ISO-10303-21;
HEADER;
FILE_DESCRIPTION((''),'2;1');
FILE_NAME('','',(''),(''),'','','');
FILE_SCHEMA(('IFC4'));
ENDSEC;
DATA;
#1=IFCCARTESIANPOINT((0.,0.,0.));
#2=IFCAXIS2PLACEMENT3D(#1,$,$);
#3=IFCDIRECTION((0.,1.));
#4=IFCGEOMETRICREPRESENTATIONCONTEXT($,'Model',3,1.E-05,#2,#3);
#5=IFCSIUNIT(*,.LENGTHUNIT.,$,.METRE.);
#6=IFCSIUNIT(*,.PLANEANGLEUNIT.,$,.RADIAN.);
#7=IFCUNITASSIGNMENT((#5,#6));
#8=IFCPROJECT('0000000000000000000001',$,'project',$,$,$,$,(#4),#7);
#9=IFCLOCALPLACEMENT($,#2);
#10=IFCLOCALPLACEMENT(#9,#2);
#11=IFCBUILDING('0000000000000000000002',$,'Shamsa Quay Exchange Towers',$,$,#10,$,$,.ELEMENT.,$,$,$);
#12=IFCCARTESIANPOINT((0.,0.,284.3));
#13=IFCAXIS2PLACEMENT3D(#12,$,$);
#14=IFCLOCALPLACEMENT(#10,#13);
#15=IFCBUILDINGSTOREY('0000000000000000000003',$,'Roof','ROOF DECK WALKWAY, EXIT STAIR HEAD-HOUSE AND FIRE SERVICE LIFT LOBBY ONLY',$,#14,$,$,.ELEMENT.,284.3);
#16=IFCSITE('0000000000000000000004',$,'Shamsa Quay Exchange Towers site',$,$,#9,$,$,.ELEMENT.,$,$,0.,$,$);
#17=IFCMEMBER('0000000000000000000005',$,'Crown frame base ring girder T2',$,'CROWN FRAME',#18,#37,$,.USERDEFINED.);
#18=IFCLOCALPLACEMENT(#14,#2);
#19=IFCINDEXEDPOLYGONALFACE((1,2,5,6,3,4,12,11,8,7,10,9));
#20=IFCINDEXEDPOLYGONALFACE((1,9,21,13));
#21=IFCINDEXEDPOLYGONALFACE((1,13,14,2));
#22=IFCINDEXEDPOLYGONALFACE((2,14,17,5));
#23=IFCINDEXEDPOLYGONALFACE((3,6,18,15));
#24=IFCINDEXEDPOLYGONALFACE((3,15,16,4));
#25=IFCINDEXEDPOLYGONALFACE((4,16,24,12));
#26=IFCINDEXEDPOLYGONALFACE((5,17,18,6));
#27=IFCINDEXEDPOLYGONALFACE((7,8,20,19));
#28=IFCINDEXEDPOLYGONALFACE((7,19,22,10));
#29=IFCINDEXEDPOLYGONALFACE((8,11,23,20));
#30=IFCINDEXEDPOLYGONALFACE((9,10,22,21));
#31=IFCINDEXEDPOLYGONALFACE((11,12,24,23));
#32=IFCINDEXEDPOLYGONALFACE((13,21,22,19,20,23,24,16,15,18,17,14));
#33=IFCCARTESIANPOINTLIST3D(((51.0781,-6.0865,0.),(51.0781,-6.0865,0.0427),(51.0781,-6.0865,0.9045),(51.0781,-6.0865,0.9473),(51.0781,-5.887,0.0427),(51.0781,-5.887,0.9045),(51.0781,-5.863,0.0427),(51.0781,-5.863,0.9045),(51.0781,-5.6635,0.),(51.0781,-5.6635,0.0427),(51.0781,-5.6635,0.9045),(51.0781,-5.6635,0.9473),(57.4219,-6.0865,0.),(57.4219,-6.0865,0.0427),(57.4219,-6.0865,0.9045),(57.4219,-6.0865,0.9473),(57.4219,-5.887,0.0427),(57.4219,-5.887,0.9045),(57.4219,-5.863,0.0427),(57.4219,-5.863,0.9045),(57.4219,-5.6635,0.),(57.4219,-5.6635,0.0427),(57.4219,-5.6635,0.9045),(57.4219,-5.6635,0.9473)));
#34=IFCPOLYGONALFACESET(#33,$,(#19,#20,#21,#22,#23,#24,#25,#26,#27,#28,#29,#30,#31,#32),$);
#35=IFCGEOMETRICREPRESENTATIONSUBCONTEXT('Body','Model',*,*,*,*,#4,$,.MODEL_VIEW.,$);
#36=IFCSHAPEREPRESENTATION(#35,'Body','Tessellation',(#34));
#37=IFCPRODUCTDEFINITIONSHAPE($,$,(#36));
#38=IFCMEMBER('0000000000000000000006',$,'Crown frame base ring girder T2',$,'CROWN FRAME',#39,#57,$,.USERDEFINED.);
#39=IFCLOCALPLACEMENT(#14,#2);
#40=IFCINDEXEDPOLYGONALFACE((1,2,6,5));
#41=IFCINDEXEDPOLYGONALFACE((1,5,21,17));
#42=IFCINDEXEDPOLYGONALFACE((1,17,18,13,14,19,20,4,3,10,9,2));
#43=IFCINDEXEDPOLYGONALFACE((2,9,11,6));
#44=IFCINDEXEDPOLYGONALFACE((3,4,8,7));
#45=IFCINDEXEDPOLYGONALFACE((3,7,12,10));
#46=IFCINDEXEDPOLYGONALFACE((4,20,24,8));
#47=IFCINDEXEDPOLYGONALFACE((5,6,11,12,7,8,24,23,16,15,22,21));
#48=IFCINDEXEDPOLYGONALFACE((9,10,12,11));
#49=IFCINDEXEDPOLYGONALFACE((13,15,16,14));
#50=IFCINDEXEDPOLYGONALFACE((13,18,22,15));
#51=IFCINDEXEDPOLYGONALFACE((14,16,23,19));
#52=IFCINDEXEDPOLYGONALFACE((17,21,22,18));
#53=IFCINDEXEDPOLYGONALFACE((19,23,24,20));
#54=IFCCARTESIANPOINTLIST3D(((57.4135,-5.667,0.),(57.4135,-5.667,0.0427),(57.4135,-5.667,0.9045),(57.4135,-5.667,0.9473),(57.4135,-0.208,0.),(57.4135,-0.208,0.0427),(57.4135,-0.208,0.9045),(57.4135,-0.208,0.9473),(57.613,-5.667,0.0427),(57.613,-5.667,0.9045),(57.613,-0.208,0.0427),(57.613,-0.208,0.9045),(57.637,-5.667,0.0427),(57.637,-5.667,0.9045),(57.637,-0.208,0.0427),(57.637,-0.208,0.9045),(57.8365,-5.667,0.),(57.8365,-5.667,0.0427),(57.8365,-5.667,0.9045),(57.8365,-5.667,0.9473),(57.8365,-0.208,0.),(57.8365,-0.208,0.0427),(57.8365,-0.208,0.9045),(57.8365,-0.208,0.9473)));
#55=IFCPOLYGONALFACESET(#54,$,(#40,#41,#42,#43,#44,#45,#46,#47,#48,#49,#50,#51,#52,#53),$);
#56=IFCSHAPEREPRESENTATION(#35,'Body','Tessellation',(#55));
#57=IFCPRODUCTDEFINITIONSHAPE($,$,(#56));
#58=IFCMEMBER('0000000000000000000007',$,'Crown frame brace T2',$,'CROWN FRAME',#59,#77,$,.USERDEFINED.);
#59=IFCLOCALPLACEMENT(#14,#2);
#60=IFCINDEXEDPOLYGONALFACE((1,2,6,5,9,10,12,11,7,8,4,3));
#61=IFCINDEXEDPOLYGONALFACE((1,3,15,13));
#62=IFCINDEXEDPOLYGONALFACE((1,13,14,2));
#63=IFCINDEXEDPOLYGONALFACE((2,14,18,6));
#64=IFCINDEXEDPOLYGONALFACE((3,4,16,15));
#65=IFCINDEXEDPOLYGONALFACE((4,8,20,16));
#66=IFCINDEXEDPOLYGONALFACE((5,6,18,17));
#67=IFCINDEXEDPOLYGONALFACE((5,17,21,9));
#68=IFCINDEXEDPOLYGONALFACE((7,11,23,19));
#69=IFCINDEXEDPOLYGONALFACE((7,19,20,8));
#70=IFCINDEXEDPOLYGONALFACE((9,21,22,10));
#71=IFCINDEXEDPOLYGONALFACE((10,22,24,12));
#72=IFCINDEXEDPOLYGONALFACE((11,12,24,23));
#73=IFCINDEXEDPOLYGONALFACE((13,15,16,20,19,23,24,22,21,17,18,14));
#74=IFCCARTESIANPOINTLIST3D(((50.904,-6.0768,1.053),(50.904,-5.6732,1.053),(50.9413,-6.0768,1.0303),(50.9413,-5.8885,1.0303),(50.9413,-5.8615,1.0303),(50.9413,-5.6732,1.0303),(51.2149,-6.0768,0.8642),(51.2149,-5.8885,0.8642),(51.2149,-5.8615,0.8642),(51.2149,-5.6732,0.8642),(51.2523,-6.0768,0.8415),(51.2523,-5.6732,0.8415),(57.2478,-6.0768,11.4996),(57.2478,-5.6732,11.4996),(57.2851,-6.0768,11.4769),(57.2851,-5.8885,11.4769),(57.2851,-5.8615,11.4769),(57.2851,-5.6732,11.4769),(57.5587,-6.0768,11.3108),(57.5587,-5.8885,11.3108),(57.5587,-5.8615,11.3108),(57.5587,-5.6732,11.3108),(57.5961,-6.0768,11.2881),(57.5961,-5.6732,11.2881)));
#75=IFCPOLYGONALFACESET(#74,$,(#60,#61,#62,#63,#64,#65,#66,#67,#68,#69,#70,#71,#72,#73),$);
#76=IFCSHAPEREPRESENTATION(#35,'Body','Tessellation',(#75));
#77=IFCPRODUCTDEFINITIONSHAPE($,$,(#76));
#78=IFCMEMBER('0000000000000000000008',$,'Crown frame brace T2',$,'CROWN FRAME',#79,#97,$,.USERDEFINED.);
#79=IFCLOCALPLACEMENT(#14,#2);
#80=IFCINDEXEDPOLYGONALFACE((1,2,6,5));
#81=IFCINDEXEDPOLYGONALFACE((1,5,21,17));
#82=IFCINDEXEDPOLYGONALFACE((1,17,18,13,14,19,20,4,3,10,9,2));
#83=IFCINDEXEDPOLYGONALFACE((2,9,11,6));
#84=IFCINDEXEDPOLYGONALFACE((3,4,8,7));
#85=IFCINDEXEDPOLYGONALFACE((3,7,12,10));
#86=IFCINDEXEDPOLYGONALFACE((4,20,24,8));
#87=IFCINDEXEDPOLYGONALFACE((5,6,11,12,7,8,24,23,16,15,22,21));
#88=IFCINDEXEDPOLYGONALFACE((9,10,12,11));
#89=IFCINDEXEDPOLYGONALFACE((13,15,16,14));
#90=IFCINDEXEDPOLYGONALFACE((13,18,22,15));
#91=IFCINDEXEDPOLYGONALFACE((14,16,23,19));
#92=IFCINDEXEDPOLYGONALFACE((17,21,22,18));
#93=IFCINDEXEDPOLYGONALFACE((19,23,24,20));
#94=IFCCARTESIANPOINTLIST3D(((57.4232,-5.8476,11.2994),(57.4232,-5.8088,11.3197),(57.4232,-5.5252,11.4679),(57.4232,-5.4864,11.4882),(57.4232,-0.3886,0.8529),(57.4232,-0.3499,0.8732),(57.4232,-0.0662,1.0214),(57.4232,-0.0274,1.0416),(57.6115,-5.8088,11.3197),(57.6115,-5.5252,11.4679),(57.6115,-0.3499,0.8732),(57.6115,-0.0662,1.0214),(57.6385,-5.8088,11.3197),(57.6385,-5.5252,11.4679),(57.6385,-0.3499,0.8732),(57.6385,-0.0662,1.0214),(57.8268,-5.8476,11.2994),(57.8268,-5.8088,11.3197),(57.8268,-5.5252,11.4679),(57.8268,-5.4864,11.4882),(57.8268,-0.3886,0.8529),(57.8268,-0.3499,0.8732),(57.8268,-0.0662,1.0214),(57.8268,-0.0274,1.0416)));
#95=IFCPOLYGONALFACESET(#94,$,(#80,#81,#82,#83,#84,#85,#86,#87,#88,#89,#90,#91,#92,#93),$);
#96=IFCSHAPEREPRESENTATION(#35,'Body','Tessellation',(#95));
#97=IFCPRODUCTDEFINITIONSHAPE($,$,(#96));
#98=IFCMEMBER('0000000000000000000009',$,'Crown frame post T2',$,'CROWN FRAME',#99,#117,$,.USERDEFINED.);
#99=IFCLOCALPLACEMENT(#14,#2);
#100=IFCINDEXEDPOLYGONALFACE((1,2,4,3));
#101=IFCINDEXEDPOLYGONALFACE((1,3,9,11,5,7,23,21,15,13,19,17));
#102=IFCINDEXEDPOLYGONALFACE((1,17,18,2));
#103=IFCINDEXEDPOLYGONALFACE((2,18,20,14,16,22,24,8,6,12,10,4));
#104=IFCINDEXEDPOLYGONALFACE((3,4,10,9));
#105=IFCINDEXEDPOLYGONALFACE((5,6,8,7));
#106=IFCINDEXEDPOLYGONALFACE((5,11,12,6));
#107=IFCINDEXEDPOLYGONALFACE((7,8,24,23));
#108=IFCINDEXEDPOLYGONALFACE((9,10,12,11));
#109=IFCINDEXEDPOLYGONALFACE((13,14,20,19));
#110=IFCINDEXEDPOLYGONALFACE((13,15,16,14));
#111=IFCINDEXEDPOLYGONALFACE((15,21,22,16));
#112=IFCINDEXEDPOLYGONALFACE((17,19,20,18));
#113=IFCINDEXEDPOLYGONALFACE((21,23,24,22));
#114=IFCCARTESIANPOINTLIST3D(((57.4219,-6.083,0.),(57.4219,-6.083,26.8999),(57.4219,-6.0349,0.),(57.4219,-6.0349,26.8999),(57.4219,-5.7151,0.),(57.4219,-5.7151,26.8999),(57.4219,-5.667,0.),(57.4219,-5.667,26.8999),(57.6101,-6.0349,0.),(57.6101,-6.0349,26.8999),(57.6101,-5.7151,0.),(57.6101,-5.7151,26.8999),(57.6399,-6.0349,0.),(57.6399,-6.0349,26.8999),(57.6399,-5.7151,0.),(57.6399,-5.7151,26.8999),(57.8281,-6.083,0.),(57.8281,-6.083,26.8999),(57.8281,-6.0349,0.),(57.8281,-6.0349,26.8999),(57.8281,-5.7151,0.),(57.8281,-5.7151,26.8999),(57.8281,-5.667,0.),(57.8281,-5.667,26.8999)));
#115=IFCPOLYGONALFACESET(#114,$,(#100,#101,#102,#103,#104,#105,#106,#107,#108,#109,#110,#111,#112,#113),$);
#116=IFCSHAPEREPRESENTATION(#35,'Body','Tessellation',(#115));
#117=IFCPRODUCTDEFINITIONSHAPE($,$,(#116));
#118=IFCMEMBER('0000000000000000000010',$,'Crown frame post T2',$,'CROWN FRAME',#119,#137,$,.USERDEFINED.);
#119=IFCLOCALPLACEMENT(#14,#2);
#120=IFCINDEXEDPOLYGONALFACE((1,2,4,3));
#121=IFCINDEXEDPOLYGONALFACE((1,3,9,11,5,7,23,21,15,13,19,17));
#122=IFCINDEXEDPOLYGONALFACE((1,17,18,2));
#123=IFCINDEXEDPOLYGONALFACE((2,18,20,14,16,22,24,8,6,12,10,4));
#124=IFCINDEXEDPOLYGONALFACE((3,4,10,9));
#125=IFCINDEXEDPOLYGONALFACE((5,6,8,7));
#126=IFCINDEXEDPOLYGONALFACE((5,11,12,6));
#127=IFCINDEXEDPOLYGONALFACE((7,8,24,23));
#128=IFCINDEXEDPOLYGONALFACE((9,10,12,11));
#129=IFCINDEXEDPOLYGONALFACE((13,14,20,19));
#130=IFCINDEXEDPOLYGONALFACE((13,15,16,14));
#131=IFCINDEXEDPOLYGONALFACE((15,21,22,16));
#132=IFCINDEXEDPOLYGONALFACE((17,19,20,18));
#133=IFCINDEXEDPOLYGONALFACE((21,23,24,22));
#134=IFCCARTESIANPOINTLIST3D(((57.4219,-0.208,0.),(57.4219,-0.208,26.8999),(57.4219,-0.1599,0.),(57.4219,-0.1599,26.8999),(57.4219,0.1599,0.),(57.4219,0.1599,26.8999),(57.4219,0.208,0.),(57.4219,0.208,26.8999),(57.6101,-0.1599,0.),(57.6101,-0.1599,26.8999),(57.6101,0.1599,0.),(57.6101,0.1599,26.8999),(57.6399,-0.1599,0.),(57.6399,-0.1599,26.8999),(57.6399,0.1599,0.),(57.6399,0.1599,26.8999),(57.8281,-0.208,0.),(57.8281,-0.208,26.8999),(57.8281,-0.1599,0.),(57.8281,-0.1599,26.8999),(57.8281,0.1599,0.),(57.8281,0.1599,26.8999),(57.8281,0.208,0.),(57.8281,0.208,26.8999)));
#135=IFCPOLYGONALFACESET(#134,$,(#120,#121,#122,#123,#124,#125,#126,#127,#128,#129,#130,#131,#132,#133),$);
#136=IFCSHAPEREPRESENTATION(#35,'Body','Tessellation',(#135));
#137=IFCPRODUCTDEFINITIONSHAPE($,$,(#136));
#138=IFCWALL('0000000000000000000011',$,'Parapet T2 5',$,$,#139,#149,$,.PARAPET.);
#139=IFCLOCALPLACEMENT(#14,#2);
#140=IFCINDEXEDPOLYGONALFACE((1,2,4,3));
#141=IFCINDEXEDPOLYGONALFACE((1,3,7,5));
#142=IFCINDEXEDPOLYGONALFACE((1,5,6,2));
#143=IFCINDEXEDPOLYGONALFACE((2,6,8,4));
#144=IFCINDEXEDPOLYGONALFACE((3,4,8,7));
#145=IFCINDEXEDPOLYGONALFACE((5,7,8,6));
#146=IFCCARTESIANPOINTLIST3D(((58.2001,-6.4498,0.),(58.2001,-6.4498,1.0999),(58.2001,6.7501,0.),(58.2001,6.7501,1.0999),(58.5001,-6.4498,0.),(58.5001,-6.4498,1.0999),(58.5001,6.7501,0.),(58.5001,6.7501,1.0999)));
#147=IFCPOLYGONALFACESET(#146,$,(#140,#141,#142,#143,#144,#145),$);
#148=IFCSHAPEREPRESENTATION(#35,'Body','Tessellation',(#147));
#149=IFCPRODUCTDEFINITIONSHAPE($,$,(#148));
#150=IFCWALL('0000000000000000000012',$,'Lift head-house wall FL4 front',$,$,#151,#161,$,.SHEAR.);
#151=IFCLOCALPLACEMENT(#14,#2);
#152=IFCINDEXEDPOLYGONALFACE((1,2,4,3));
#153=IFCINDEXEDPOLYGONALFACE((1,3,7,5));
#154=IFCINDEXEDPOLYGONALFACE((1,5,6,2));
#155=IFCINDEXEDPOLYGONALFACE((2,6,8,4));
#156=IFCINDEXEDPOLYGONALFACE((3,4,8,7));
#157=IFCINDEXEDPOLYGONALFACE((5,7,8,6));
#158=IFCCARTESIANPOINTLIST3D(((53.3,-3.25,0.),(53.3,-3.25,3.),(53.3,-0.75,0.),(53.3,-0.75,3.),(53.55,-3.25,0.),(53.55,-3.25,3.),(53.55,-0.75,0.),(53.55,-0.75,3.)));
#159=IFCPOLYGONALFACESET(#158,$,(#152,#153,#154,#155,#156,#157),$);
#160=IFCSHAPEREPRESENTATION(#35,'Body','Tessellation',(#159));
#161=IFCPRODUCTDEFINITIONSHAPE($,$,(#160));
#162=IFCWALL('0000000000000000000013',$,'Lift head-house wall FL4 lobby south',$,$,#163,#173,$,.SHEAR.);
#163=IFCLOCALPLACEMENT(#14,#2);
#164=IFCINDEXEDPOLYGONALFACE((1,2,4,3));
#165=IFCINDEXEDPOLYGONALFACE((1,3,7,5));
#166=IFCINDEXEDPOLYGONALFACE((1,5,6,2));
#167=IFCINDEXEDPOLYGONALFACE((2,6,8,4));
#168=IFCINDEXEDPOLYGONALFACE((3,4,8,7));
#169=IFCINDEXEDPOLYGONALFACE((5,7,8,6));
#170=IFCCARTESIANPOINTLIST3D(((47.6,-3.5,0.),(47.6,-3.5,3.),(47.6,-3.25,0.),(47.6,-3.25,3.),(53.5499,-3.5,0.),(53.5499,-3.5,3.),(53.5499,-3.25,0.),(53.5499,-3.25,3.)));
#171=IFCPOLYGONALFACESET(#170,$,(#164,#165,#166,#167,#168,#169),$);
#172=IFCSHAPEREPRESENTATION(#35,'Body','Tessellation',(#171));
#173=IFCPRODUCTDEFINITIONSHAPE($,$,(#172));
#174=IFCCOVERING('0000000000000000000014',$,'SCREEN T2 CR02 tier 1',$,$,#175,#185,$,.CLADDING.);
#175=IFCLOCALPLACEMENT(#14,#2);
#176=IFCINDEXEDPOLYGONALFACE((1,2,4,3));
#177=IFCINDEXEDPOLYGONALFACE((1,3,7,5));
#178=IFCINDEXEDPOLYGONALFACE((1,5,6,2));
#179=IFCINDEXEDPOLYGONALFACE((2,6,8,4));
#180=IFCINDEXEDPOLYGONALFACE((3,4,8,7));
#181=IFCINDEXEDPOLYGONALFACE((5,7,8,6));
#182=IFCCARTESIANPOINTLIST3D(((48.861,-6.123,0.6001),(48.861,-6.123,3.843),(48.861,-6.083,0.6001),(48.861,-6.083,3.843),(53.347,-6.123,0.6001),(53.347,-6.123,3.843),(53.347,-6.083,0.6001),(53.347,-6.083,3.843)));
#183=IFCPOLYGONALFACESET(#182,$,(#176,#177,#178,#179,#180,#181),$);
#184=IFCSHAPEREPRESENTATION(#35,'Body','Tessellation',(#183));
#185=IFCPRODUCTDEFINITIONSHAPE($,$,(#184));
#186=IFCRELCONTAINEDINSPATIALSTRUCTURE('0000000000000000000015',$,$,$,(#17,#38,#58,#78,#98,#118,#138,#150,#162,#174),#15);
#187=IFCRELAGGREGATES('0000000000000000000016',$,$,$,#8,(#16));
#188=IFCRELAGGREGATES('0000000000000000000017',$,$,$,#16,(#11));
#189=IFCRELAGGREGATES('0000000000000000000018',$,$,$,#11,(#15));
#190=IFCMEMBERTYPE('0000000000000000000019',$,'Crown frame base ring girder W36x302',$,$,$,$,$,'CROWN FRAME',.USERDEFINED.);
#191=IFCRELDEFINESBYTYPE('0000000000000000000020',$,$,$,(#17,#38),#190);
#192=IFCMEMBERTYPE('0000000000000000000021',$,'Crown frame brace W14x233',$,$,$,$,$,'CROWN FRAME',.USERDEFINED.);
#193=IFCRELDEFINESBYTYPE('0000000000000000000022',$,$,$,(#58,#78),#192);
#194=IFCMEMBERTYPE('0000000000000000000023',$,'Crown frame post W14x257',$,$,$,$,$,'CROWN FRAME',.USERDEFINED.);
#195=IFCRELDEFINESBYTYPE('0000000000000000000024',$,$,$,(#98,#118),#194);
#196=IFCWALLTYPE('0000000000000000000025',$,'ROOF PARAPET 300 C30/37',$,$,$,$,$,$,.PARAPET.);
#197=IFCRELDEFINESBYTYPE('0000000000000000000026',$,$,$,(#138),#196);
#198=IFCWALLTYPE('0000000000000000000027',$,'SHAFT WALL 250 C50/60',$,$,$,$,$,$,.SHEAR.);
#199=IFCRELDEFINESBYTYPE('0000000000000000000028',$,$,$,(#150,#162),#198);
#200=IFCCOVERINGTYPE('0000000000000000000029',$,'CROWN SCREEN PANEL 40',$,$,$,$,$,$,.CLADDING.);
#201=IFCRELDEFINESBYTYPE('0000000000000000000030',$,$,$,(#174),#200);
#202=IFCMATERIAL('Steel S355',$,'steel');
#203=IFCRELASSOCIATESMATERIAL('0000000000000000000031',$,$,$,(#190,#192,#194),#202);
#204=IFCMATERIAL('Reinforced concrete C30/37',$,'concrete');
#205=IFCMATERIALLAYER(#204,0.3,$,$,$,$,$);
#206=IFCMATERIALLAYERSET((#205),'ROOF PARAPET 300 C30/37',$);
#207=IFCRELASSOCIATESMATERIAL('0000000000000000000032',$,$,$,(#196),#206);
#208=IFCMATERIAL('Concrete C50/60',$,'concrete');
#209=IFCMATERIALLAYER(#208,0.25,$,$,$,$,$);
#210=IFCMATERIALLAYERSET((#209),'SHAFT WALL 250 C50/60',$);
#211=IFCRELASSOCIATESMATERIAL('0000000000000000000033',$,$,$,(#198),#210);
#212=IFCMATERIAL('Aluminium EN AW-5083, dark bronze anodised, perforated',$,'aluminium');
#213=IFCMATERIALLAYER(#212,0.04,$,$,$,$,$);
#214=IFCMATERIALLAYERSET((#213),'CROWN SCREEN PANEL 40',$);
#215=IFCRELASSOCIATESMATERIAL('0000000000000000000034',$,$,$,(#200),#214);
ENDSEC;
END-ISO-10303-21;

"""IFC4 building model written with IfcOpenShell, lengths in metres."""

from ifc_helpers import new_model, si_unit, direction, frame, frame_2d, origin, origin_2d, place, context, subcontext, project, spatial, rectangle, i_section, extrude, material, layer, layer_set, material_profile, profile_set, type_object, element, save


model = new_model("IFC4")

# Units and contexts
model_context = context("Model", 3, precision=1e-05, world=origin(), true_north=direction((0.0, 1.0)))
body_context = subcontext(model_context, "Body", "Model", "MODEL_VIEW")
ifc_project = project(units=[si_unit("LENGTHUNIT", "METRE"), si_unit("PLANEANGLEUNIT", "RADIAN")], contexts=[model_context])

# Site, building, storey
site_placement = place(None, origin())
site = spatial("IfcSite", under=ifc_project, at=site_placement, Name="Shamsa Quay Exchange Towers site", CompositionType="ELEMENT", RefElevation=0.0)
building_placement = place(site_placement, origin())
building = spatial("IfcBuilding", under=site, at=building_placement, Name="Shamsa Quay Exchange Towers", CompositionType="ELEMENT")
storey_placement = place(building_placement, frame((0.0, 0.0, 284.3)))
storey = spatial("IfcBuildingStorey", under=building, at=storey_placement, Name="Roof", Description="ROOF DECK WALKWAY, EXIT STAIR HEAD-HOUSE AND FIRE SERVICE LIFT LOBBY ONLY", CompositionType="ELEMENT", Elevation=284.3)

# Members
ifc_material_1 = material(Name="Steel S355", Category="steel")
ifc_material_profile_1 = material_profile(ifc_material_1, i_section(OverallWidth=0.4231, OverallDepth=0.9473, WebThickness=0.0239, FlangeThickness=0.0427, at=origin_2d()), Name="W36x302")
ifc_profile_set_1 = profile_set([ifc_material_profile_1], Name="Steel S355")
member_type_1 = type_object("IfcMemberType", Name="Crown frame base ring girder W36x302", ElementType="CROWN FRAME", PredefinedType="USERDEFINED", material=ifc_profile_set_1)
member_1_placement = place(storey_placement, frame((51.0781, -5.875, 0.4736), z_axis=(1.0, 0.0, 0.0), x_axis=(0.0, 1.0, 0.0)))
element("IfcMember", 1, at=member_1_placement, inside=storey, type_object=member_type_1, Name="Crown frame base ring girder T2", ObjectType="CROWN FRAME", PredefinedType="USERDEFINED", context=body_context, shape_type="SweptSolid", body=[
    extrude(i_section(OverallWidth=0.4231, OverallDepth=0.9473, WebThickness=0.0239, FlangeThickness=0.0427, at=origin_2d()), origin(), (0.0, 0.0, 1.0), 6.3438),
])
member_2_placement = place(storey_placement, frame((57.625, -5.667, 0.4736), z_axis=(0.0, 1.0, 0.0), x_axis=(-1.0, 0.0, 0.0)))
element("IfcMember", 2, at=member_2_placement, inside=storey, type_object=member_type_1, Name="Crown frame base ring girder T2", ObjectType="CROWN FRAME", PredefinedType="USERDEFINED", context=body_context, shape_type="SweptSolid", body=[
    extrude(i_section(OverallWidth=0.4231, OverallDepth=0.9473, WebThickness=0.0239, FlangeThickness=0.0427, at=origin_2d()), origin(), (0.0, 0.0, 1.0), 5.459),
])
ifc_material_profile_2 = material_profile(ifc_material_1, i_section(OverallWidth=0.4036, OverallDepth=0.4075, WebThickness=0.0271, FlangeThickness=0.0437, at=origin_2d()), Name="W14x233")
ifc_profile_set_2 = profile_set([ifc_material_profile_2], Name="Steel S355")
member_type_2 = type_object("IfcMemberType", Name="Crown frame brace W14x233", ElementType="CROWN FRAME", PredefinedType="USERDEFINED", material=ifc_profile_set_2)
member_3_placement = place(storey_placement, frame((51.0781, -5.875, 0.9473), z_axis=(0.519051, 0.0, 0.854744), x_axis=(0.0, 1.0, 0.0)))
element("IfcMember", 3, at=member_3_placement, inside=storey, type_object=member_type_2, Name="Crown frame brace T2", ObjectType="CROWN FRAME", PredefinedType="USERDEFINED", context=body_context, shape_type="SweptSolid", body=[
    extrude(i_section(OverallWidth=0.4036, OverallDepth=0.4075, WebThickness=0.0271, FlangeThickness=0.0437, at=origin_2d()), origin(), (0.0, 0.0, 1.0), 12.2219),
])
member_4_placement = place(storey_placement, frame((57.625, -5.667, 11.3938), z_axis=(0.0, 0.463141, -0.886285), x_axis=(-1.0, 0.0, 0.0)))
element("IfcMember", 4, at=member_4_placement, inside=storey, type_object=member_type_2, Name="Crown frame brace T2", ObjectType="CROWN FRAME", PredefinedType="USERDEFINED", context=body_context, shape_type="SweptSolid", body=[
    extrude(i_section(OverallWidth=0.4036, OverallDepth=0.4075, WebThickness=0.0271, FlangeThickness=0.0437, at=origin_2d()), origin(), (0.0, 0.0, 1.0), 11.7869),
])
ifc_material_profile_3 = material_profile(ifc_material_1, i_section(OverallWidth=0.4062, OverallDepth=0.416, WebThickness=0.0298, FlangeThickness=0.0481, at=origin_2d()), Name="W14x257")
ifc_profile_set_3 = profile_set([ifc_material_profile_3], Name="Steel S355")
member_type_3 = type_object("IfcMemberType", Name="Crown frame post W14x257", ElementType="CROWN FRAME", PredefinedType="USERDEFINED", material=ifc_profile_set_3)
for number, where, name in (
    (5, (57.625, -5.875, 0.0), "Crown frame post T2"),
    (6, (57.625, 0.0, 0.0), "Crown frame post T2"),
):
    element("IfcMember", number, at=place(storey_placement, frame(where)), inside=storey, type_object=member_type_3, Name=name, ObjectType="CROWN FRAME", PredefinedType="USERDEFINED", context=body_context, shape_type="SweptSolid", body=[
        extrude(i_section(OverallWidth=0.4062, OverallDepth=0.416, WebThickness=0.0298, FlangeThickness=0.0481, at=origin_2d()), origin(), (0.0, 0.0, 1.0), 26.8999),
    ])

# Walls
ifc_material_2 = material(Name="Reinforced concrete C30/37", Category="concrete")
ifc_layer_1 = layer(ifc_material_2, 0.3)
ifc_layer_set_1 = layer_set([ifc_layer_1], Name="ROOF PARAPET 300 C30/37")
wall_type_1 = type_object("IfcWallType", Name="ROOF PARAPET 300 C30/37", PredefinedType="PARAPET", material=ifc_layer_set_1)
wall_1_placement = place(storey_placement, frame((58.3501, -6.45, 0.0), z_axis=(0.0, 0.0, 1.0), x_axis=(0.0, 1.0, 0.0)))
element("IfcWall", 7, at=wall_1_placement, inside=storey, type_object=wall_type_1, Name="Parapet T2 5", PredefinedType="PARAPET", context=body_context, shape_type="SweptSolid", body=[
    extrude(rectangle(XDim=13.2, YDim=0.3, at=frame_2d((6.6001, 0.0))), origin(), (0.0, 0.0, 1.0), 1.0999),
])
ifc_material_3 = material(Name="Concrete C50/60", Category="concrete")
ifc_layer_2 = layer(ifc_material_3, 0.25)
ifc_layer_set_2 = layer_set([ifc_layer_2], Name="SHAFT WALL 250 C50/60")
wall_type_2 = type_object("IfcWallType", Name="SHAFT WALL 250 C50/60", PredefinedType="SHEAR", material=ifc_layer_set_2)
wall_2_placement = place(storey_placement, frame((53.425, -3.25, 0.0), z_axis=(0.0, 0.0, 1.0), x_axis=(0.0, 1.0, 0.0)))
element("IfcWall", 8, at=wall_2_placement, inside=storey, type_object=wall_type_2, Name="Lift head-house wall FL4 front", PredefinedType="SHEAR", context=body_context, shape_type="SweptSolid", body=[
    extrude(rectangle(XDim=2.5, YDim=0.25, at=frame_2d((1.25, 0.0))), origin(), (0.0, 0.0, 1.0), 3.0),
])
wall_3_placement = place(storey_placement, frame((53.55, -3.375, 0.0), z_axis=(0.0, 0.0, 1.0), x_axis=(-1.0, 0.0, 0.0)))
element("IfcWall", 9, at=wall_3_placement, inside=storey, type_object=wall_type_2, Name="Lift head-house wall FL4 lobby south", PredefinedType="SHEAR", context=body_context, shape_type="SweptSolid", body=[
    extrude(rectangle(XDim=5.95, YDim=0.25, at=frame_2d((2.9751, 0.0))), origin(), (0.0, 0.0, 1.0), 3.0),
])

# Covering
ifc_material_4 = material(Name="Aluminium EN AW-5083, dark bronze anodised, perforated", Category="aluminium")
ifc_layer_3 = layer(ifc_material_4, 0.04)
ifc_layer_set_3 = layer_set([ifc_layer_3], Name="CROWN SCREEN PANEL 40")
covering_type = type_object("IfcCoveringType", Name="CROWN SCREEN PANEL 40", PredefinedType="CLADDING", material=ifc_layer_set_3)
for number, where, name in (
    (10, (51.104, -6.103, 0.6001), "SCREEN T2 CR02 tier 1"),
):
    element("IfcCovering", number, at=place(storey_placement, frame(where)), inside=storey, type_object=covering_type, Name=name, PredefinedType="CLADDING", context=body_context, shape_type="SweptSolid", body=[
        extrude(rectangle(XDim=4.4861, YDim=0.04, at=origin_2d()), origin(), (0.0, 0.0, 1.0), 3.2429),
    ])

save(model, "model.ifc")
